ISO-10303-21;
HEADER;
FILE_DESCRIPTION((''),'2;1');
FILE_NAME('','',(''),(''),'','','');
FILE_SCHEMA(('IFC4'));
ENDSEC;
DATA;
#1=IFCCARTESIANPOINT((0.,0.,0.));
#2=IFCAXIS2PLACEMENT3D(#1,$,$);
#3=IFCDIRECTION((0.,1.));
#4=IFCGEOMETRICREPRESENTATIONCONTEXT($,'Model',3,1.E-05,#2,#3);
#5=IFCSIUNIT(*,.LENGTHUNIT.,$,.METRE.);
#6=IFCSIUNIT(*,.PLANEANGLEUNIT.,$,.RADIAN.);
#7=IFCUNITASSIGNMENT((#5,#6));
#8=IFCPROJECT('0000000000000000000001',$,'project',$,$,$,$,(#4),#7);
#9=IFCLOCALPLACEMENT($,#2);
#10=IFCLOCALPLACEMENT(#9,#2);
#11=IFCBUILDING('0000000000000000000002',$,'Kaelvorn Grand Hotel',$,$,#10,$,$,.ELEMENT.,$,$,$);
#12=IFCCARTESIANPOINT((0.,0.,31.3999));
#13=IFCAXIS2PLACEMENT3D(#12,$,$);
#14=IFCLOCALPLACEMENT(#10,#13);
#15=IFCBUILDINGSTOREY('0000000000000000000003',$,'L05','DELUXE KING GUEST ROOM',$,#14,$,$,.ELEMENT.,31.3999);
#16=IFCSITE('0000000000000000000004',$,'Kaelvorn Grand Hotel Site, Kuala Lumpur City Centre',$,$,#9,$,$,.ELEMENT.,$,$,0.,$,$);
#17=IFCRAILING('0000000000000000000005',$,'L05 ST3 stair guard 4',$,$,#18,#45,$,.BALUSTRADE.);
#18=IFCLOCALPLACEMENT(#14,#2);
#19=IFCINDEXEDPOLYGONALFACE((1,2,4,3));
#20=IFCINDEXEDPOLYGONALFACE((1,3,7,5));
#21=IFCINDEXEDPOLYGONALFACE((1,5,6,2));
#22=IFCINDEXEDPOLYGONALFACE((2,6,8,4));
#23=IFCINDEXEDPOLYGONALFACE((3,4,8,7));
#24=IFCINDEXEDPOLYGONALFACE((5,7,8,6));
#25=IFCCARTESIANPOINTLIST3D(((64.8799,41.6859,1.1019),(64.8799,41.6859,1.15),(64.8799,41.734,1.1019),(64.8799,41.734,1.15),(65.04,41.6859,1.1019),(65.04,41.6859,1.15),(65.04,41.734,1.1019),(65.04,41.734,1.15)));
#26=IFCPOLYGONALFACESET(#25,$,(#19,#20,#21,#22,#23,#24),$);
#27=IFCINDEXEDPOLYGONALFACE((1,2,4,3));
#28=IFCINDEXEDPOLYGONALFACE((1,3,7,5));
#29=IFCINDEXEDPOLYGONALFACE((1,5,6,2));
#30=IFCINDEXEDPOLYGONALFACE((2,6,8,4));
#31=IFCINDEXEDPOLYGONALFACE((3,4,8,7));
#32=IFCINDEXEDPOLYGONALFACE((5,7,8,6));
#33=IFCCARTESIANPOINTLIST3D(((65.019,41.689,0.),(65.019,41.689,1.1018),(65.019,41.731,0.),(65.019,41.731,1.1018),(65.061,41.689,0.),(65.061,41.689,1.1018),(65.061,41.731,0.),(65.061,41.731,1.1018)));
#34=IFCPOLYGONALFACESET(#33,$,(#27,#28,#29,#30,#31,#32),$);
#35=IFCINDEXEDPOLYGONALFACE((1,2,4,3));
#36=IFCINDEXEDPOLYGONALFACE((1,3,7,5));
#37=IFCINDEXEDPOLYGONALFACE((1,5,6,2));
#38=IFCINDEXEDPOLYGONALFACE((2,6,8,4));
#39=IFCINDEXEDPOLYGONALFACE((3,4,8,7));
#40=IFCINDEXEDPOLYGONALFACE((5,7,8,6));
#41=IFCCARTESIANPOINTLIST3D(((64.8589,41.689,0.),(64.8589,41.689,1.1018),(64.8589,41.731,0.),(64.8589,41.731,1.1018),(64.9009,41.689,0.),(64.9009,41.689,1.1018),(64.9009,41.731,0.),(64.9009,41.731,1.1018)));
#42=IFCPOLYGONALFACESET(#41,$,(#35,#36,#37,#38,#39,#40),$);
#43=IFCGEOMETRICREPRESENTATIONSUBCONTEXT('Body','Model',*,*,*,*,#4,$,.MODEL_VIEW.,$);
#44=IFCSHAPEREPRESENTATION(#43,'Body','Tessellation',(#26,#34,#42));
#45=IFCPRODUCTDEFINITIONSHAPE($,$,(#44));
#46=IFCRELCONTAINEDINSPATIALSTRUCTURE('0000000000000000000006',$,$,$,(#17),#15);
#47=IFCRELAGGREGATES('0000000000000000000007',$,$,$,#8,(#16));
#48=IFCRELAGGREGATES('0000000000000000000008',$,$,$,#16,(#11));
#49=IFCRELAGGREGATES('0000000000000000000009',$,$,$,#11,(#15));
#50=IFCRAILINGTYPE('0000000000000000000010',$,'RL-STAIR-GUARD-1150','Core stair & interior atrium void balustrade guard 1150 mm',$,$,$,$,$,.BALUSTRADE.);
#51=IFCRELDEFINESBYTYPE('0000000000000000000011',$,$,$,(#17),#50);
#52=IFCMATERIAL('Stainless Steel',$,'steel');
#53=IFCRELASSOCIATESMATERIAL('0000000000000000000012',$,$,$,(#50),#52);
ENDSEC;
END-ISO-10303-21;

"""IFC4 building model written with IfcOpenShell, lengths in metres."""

from ifc_helpers import new_model, si_unit, direction, frame, origin, origin_2d, place, context, subcontext, project, spatial, rectangle, extrude, material, type_object, element, save


model = new_model("IFC4")

# Units and contexts
model_context = context("Model", 3, precision=1e-05, world=origin(), true_north=direction((0.0, 1.0)))
body_context = subcontext(model_context, "Body", "Model", "MODEL_VIEW")
ifc_project = project(units=[si_unit("LENGTHUNIT", "METRE"), si_unit("PLANEANGLEUNIT", "RADIAN")], contexts=[model_context])

# Site, building, storey
site_placement = place(None, origin())
site = spatial("IfcSite", under=ifc_project, at=site_placement, Name="Kaelvorn Grand Hotel Site, Kuala Lumpur City Centre", CompositionType="ELEMENT", RefElevation=0.0)
building_placement = place(site_placement, origin())
building = spatial("IfcBuilding", under=site, at=building_placement, Name="Kaelvorn Grand Hotel", CompositionType="ELEMENT")
storey_placement = place(building_placement, frame((0.0, 0.0, 31.3999)))
storey = spatial("IfcBuildingStorey", under=building, at=storey_placement, Name="L05", Description="DELUXE KING GUEST ROOM", CompositionType="ELEMENT", Elevation=31.3999)

# Shared definitions
ifc_material_1 = material(Name="Stainless Steel", Category="steel")

# Railing
railing_type_1 = type_object("IfcRailingType", Name="RL-STAIR-GUARD-1150", Description="Core stair & interior atrium void balustrade guard 1150 mm", PredefinedType="BALUSTRADE", material=ifc_material_1)
railing_1_placement = place(storey_placement, frame((65.04, 41.71, 0.0)))
element("IfcRailing", 1, at=railing_1_placement, inside=storey, type_object=railing_type_1, Name="L05 ST3 stair guard 4", PredefinedType="BALUSTRADE", context=body_context, shape_type="SweptSolid", body=[
    extrude(rectangle(XDim=0.0481, YDim=0.0481, at=origin_2d()), frame((0.0, 0.0, 1.126), z_axis=(-1.0, 0.0, 0.0), x_axis=(0.0, -1.0, 0.0)), (0.0, 0.0, 1.0), 0.1602),
    extrude(rectangle(XDim=0.042, YDim=0.042, at=origin_2d()), origin(), (0.0, 0.0, 1.0), 1.1018),
    extrude(rectangle(XDim=0.042, YDim=0.042, at=origin_2d()), frame((-0.1602, 0.0, 0.0)), (0.0, 0.0, 1.0), 1.1018),
])

save(model, "model.ifc")
